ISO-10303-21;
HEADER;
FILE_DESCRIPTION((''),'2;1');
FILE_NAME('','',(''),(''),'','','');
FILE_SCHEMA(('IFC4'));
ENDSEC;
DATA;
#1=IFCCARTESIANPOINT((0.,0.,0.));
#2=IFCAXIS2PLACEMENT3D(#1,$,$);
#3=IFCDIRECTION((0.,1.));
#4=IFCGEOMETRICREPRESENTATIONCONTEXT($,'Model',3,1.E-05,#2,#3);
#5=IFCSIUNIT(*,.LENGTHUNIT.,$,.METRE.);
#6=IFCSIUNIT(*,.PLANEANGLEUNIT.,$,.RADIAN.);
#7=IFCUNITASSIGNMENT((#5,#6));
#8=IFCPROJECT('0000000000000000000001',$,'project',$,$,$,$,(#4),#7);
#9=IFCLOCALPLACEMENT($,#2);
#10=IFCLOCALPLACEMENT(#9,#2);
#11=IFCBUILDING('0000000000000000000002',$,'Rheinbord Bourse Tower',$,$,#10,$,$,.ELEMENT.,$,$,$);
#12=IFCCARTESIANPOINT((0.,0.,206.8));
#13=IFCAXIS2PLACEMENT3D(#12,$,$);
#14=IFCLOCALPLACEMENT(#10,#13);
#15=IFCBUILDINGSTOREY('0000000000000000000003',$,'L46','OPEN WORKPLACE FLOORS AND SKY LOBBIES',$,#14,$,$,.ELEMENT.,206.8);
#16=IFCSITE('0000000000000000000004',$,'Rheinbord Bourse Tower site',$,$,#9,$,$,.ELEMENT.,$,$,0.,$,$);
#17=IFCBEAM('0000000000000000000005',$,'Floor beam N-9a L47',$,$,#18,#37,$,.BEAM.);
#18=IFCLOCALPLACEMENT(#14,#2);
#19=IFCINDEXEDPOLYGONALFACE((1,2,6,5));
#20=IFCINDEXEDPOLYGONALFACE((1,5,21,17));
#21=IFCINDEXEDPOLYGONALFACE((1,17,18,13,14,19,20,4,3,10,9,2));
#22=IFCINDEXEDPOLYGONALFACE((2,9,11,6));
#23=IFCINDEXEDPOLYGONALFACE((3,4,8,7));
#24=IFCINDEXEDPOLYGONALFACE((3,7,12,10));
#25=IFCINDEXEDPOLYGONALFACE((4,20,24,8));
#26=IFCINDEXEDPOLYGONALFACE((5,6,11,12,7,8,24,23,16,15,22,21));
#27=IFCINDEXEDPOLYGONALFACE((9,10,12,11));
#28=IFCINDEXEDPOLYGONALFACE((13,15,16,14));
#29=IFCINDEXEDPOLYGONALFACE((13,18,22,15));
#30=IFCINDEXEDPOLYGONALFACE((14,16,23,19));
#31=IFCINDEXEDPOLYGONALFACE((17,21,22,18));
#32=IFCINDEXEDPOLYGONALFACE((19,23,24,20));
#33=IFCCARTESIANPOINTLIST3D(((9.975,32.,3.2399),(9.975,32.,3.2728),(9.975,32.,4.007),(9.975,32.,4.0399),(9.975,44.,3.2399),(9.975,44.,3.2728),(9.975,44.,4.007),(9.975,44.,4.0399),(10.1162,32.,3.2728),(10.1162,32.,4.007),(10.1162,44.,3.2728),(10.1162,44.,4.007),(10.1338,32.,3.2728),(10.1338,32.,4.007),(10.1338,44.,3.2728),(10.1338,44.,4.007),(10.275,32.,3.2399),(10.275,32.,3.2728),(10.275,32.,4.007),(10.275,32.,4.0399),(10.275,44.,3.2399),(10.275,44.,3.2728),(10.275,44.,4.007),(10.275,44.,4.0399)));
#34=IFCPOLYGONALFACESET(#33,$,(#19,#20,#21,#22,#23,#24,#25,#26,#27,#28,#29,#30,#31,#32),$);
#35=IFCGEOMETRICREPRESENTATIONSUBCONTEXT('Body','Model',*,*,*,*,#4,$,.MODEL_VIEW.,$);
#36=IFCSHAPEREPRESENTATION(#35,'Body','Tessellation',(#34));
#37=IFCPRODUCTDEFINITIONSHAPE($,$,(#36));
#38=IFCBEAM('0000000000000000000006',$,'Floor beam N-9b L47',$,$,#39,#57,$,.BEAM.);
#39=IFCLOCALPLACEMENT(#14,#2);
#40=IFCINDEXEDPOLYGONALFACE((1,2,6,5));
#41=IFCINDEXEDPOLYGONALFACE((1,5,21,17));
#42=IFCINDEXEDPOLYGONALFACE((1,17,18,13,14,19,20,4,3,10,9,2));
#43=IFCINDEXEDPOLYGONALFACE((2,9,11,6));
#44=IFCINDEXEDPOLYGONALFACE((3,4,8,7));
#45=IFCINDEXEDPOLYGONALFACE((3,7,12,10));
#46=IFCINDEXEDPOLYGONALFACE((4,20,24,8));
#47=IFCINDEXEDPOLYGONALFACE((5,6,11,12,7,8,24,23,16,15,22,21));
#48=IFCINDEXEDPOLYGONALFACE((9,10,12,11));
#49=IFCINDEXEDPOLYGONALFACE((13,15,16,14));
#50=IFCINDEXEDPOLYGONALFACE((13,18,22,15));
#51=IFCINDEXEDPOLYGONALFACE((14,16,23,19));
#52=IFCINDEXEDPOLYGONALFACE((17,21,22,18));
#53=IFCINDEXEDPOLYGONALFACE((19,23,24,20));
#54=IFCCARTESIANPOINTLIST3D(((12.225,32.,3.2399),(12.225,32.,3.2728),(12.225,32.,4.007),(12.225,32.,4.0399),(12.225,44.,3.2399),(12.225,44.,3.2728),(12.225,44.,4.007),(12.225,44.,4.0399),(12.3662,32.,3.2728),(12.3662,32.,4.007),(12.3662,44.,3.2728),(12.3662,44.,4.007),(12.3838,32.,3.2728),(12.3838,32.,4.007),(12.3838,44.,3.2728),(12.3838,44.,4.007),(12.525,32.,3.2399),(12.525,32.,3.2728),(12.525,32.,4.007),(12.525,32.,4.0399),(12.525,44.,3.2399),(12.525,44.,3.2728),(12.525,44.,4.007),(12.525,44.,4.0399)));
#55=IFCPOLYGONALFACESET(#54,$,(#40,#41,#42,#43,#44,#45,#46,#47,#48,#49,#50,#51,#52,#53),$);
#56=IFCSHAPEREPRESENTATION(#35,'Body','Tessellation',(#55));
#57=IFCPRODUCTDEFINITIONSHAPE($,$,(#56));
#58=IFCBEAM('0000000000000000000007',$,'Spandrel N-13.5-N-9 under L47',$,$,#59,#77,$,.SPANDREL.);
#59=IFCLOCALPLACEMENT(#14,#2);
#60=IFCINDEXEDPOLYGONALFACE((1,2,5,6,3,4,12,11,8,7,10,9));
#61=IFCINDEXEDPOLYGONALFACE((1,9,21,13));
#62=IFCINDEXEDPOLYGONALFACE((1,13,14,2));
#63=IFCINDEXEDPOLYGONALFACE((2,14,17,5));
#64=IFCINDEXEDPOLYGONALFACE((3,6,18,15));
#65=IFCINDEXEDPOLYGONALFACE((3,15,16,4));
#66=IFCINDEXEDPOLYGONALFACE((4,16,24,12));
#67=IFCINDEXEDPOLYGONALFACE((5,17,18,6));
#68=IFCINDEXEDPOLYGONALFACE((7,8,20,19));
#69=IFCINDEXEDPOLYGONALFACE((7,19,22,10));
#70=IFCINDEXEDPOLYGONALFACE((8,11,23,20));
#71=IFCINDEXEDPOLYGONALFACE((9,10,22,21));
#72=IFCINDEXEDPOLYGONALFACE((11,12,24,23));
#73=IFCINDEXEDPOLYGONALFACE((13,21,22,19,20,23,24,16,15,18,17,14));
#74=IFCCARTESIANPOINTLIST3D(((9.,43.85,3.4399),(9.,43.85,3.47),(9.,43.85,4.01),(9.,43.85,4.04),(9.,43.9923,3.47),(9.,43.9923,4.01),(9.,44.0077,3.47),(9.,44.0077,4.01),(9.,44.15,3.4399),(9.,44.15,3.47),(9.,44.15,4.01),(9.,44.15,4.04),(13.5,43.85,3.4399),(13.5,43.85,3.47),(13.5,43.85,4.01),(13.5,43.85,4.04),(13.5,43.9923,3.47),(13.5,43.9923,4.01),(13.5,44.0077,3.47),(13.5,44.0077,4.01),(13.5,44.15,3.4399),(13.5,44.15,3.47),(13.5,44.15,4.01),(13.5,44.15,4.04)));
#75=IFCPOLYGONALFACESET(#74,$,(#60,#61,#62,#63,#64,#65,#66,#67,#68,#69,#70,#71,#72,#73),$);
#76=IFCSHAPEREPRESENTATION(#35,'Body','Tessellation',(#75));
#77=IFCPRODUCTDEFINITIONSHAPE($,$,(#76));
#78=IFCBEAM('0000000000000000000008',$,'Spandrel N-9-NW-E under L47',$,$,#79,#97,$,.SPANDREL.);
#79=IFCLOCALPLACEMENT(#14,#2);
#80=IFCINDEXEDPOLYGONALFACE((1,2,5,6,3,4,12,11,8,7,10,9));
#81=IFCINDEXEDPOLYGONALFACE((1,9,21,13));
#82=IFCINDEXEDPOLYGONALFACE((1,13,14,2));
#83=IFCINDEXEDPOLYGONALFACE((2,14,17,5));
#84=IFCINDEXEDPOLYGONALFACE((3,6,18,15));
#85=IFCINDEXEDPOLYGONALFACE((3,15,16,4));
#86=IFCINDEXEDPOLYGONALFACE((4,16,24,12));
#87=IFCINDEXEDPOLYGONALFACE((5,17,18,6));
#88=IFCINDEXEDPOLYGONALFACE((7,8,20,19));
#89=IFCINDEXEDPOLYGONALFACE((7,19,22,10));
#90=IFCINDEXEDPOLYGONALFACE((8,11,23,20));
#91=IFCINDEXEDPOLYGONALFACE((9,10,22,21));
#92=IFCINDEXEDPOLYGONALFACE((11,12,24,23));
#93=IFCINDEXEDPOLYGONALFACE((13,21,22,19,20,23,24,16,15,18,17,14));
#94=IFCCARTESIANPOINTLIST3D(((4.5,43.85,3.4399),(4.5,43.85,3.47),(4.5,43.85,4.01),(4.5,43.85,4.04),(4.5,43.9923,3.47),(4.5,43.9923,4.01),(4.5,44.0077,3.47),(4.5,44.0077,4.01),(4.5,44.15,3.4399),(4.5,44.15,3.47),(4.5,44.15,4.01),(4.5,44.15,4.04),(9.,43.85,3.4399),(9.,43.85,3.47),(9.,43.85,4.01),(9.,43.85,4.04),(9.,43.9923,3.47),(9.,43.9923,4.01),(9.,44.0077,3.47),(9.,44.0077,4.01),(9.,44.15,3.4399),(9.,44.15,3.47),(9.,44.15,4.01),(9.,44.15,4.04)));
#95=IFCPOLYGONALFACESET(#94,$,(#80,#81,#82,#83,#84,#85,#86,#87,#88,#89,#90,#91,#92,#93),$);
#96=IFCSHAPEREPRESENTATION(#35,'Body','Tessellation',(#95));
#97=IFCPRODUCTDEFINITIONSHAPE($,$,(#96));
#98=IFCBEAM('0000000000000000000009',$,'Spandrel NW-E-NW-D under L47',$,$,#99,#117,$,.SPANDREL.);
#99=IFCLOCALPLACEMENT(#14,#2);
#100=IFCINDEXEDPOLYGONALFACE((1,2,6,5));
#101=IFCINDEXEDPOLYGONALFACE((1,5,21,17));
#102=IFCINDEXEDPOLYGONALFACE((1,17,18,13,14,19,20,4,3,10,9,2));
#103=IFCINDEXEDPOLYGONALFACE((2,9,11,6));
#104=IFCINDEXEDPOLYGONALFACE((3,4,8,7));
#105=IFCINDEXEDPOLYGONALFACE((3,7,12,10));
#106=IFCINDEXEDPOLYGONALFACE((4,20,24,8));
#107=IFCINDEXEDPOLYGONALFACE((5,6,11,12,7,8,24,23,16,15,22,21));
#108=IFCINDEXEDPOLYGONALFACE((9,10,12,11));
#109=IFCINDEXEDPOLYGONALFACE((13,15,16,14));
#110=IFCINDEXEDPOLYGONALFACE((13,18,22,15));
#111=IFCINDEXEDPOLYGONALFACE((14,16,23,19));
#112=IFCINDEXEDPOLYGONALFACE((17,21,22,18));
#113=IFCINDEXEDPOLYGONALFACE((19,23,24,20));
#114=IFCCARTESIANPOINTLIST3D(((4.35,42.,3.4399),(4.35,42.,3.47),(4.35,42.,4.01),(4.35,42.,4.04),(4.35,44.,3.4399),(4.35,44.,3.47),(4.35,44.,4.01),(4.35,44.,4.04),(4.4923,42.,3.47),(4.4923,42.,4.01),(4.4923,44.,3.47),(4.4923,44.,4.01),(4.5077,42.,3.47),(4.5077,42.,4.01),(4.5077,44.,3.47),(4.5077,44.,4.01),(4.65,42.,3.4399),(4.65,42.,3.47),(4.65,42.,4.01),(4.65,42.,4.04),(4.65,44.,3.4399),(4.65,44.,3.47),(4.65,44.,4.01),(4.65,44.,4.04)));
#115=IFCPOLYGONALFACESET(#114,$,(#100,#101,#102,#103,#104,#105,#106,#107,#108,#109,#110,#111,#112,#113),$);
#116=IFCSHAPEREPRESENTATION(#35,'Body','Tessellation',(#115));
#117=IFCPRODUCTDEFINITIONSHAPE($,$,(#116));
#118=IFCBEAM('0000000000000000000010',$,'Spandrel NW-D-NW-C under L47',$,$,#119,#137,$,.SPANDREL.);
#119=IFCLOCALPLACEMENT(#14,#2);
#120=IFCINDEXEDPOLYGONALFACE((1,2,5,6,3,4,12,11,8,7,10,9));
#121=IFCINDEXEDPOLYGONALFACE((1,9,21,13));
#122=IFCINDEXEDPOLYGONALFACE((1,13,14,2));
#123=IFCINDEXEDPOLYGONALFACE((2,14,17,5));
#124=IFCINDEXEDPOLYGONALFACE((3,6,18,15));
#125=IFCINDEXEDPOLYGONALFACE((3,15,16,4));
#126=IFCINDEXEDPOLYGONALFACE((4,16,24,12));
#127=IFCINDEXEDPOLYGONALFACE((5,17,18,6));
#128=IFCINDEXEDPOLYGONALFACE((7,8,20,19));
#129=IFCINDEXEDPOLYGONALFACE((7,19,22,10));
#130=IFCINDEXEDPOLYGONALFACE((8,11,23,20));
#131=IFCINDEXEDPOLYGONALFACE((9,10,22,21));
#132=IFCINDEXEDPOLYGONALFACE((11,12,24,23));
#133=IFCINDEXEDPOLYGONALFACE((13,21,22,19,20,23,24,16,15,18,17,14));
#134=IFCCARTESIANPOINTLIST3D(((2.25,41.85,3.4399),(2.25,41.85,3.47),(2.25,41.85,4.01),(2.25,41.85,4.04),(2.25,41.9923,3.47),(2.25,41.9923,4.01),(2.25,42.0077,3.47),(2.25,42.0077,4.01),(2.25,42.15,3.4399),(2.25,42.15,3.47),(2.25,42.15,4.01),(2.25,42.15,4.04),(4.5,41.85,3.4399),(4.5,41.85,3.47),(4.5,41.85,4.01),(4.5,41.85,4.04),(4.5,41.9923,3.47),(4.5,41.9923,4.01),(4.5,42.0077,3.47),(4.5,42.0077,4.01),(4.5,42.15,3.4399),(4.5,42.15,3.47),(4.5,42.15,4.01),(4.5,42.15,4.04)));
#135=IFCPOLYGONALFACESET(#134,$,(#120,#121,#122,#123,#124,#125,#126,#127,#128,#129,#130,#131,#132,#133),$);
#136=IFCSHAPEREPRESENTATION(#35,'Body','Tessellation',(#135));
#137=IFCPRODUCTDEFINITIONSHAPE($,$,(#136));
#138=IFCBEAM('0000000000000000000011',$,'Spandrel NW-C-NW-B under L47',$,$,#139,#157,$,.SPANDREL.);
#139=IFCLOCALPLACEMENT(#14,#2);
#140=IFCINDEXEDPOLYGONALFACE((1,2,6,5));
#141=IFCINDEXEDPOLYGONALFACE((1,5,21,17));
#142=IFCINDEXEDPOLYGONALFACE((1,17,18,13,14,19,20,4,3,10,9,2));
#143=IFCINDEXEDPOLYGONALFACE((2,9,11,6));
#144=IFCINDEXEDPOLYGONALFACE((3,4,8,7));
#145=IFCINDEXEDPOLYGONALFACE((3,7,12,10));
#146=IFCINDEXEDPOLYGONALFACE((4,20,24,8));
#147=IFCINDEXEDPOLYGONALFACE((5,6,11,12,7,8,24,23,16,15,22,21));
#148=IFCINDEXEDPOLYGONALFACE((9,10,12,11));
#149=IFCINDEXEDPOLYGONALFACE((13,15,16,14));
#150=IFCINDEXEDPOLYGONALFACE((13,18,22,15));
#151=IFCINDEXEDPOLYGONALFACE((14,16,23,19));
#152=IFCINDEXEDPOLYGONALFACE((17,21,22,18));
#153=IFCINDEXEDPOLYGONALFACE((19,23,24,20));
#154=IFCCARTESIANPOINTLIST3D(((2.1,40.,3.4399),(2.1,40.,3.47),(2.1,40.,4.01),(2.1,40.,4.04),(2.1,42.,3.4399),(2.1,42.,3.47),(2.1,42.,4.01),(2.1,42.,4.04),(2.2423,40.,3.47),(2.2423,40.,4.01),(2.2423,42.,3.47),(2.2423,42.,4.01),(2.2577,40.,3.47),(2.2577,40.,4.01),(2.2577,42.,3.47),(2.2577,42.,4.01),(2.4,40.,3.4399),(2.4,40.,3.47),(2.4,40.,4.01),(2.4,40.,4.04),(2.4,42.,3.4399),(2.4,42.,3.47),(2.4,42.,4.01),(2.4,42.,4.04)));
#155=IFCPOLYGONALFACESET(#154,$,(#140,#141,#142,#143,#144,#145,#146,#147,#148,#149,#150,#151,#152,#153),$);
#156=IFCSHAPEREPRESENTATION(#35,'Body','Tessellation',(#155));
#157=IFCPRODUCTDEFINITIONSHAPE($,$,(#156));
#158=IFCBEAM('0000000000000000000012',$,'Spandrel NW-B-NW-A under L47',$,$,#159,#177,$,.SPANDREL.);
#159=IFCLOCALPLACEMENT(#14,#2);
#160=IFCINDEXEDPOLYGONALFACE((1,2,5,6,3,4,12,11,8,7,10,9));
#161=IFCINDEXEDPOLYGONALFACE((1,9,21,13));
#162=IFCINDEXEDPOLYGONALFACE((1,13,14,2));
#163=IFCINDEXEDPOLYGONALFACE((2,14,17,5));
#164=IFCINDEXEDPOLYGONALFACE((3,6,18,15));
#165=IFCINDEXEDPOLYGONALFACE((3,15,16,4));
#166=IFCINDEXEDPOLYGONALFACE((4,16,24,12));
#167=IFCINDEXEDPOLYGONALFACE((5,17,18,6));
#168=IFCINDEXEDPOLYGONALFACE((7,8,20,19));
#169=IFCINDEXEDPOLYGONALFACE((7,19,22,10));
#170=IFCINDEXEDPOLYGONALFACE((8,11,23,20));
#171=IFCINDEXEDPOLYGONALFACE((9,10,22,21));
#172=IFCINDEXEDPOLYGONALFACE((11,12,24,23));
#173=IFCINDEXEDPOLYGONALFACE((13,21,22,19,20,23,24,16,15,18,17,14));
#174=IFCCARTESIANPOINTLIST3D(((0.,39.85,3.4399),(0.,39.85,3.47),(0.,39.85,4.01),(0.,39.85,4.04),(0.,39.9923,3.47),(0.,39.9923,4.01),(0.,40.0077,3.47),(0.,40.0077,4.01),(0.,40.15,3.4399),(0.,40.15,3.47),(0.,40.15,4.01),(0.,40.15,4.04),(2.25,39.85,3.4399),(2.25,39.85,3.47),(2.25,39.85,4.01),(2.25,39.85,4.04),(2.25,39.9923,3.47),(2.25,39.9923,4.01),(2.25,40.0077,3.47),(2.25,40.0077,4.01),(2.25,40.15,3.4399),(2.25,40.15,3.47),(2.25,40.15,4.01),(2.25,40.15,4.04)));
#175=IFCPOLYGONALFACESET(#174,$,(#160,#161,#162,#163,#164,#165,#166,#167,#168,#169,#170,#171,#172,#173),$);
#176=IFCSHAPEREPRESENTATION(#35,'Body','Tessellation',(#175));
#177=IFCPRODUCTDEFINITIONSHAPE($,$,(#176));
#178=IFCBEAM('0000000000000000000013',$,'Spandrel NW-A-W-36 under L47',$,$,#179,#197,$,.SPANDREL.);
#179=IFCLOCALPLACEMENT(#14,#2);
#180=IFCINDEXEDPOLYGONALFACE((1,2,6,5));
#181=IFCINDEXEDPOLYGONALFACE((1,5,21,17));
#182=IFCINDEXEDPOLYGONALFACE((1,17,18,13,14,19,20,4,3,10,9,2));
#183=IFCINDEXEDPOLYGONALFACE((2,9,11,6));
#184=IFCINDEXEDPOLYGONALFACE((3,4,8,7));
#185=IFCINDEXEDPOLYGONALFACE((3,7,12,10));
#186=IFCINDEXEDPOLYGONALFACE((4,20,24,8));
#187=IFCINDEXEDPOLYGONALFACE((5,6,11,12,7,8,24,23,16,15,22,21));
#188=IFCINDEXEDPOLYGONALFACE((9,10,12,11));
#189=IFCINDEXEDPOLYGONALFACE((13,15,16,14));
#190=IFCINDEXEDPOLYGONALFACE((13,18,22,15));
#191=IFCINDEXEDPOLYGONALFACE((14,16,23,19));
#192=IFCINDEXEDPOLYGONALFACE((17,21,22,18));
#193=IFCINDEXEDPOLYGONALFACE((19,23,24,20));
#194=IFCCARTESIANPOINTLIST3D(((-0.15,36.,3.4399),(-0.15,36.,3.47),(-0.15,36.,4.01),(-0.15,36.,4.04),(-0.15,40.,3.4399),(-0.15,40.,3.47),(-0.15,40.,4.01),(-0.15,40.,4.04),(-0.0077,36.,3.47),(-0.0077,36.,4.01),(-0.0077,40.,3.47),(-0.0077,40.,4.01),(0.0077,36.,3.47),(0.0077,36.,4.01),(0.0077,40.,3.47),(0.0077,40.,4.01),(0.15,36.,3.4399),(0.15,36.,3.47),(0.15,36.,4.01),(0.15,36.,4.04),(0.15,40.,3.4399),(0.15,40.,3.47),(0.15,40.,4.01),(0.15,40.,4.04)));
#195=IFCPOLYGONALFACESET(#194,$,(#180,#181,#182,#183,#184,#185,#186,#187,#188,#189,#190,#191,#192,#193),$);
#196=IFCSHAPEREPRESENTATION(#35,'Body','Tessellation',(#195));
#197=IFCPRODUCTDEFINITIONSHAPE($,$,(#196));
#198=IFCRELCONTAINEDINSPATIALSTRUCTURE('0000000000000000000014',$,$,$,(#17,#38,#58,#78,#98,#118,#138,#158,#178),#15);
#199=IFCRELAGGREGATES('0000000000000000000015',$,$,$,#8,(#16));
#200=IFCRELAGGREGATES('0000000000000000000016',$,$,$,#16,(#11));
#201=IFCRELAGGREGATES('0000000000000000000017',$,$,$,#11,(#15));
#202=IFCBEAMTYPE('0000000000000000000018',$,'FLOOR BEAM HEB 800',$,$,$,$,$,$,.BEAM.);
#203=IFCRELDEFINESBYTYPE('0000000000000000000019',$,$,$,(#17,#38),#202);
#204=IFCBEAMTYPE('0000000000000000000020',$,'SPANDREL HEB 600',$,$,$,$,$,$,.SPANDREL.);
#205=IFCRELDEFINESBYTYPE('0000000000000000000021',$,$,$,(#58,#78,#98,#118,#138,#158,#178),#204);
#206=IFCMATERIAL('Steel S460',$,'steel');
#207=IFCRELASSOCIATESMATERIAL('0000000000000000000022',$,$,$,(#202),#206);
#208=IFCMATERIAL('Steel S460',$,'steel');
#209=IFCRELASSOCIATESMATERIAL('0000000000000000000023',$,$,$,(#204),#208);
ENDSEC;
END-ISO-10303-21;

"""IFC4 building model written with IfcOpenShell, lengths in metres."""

from ifc_helpers import new_model, si_unit, direction, frame, origin, origin_2d, place, context, subcontext, project, spatial, i_section, extrude, material, material_profile, profile_set, type_object, element, save


model = new_model("IFC4")

# Units and contexts
model_context = context("Model", 3, precision=1e-05, world=origin(), true_north=direction((0.0, 1.0)))
body_context = subcontext(model_context, "Body", "Model", "MODEL_VIEW")
ifc_project = project(units=[si_unit("LENGTHUNIT", "METRE"), si_unit("PLANEANGLEUNIT", "RADIAN")], contexts=[model_context])

# Site, building, storey
site_placement = place(None, origin())
site = spatial("IfcSite", under=ifc_project, at=site_placement, Name="Rheinbord Bourse Tower site", CompositionType="ELEMENT", RefElevation=0.0)
building_placement = place(site_placement, origin())
building = spatial("IfcBuilding", under=site, at=building_placement, Name="Rheinbord Bourse Tower", CompositionType="ELEMENT")
storey_placement = place(building_placement, frame((0.0, 0.0, 206.8)))
storey = spatial("IfcBuildingStorey", under=building, at=storey_placement, Name="L46", Description="OPEN WORKPLACE FLOORS AND SKY LOBBIES", CompositionType="ELEMENT", Elevation=206.8)

# Beams
ifc_material_1 = material(Name="Steel S460", Category="steel")
ifc_material_profile_1 = material_profile(ifc_material_1, i_section(OverallWidth=0.3, OverallDepth=0.8, WebThickness=0.0176, FlangeThickness=0.033, at=origin_2d()), Name="HEB 800")
ifc_profile_set_1 = profile_set([ifc_material_profile_1], Name="Steel S460")
beam_type_1 = type_object("IfcBeamType", Name="FLOOR BEAM HEB 800", PredefinedType="BEAM", material=ifc_profile_set_1)
for number, where, z_axis, x_axis, name in (
    (1, (10.125, 44.0, 3.6399), (0.0, -1.0, 0.0), (1.0, 0.0, 0.0), "Floor beam N-9a L47"),
    (2, (12.375, 44.0, 3.6399), (0.0, -1.0, 0.0), (1.0, 0.0, 0.0), "Floor beam N-9b L47"),
):
    element("IfcBeam", number, at=place(storey_placement, frame(where, z_axis=z_axis, x_axis=x_axis)), inside=storey, type_object=beam_type_1, Name=name, PredefinedType="BEAM", context=body_context, shape_type="SweptSolid", body=[
        extrude(i_section(OverallWidth=0.3, OverallDepth=0.8, WebThickness=0.0176, FlangeThickness=0.033, at=origin_2d()), origin(), (0.0, 0.0, 1.0), 12.0),
    ])
ifc_material_2 = material(Name="Steel S460", Category="steel")
ifc_material_profile_2 = material_profile(ifc_material_2, i_section(OverallWidth=0.3, OverallDepth=0.6001, WebThickness=0.0154, FlangeThickness=0.03, at=origin_2d()), Name="HEB 600")
ifc_profile_set_2 = profile_set([ifc_material_profile_2], Name="Steel S460")
beam_type_2 = type_object("IfcBeamType", Name="SPANDREL HEB 600", PredefinedType="SPANDREL", material=ifc_profile_set_2)
for number, where, z_axis, x_axis, name in (
    (3, (13.5, 44.0, 3.74), (-1.0, 0.0, 0.0), (0.0, -1.0, 0.0), "Spandrel N-13.5-N-9 under L47"),
    (4, (9.0, 44.0, 3.74), (-1.0, 0.0, 0.0), (0.0, -1.0, 0.0), "Spandrel N-9-NW-E under L47"),
):
    element("IfcBeam", number, at=place(storey_placement, frame(where, z_axis=z_axis, x_axis=x_axis)), inside=storey, type_object=beam_type_2, Name=name, PredefinedType="SPANDREL", context=body_context, shape_type="SweptSolid", body=[
        extrude(i_section(OverallWidth=0.3, OverallDepth=0.6001, WebThickness=0.0154, FlangeThickness=0.03, at=origin_2d()), origin(), (0.0, 0.0, 1.0), 4.5),
    ])
beam_1_placement = place(storey_placement, frame((4.5, 44.0, 3.74), z_axis=(0.0, -1.0, 0.0), x_axis=(1.0, 0.0, 0.0)))
element("IfcBeam", 5, at=beam_1_placement, inside=storey, type_object=beam_type_2, Name="Spandrel NW-E-NW-D under L47", PredefinedType="SPANDREL", context=body_context, shape_type="SweptSolid", body=[
    extrude(i_section(OverallWidth=0.3, OverallDepth=0.6001, WebThickness=0.0154, FlangeThickness=0.03, at=origin_2d()), origin(), (0.0, 0.0, 1.0), 2.0),
])
beam_2_placement = place(storey_placement, frame((4.5, 42.0, 3.74), z_axis=(-1.0, 0.0, 0.0), x_axis=(0.0, -1.0, 0.0)))
element("IfcBeam", 6, at=beam_2_placement, inside=storey, type_object=beam_type_2, Name="Spandrel NW-D-NW-C under L47", PredefinedType="SPANDREL", context=body_context, shape_type="SweptSolid", body=[
    extrude(i_section(OverallWidth=0.3, OverallDepth=0.6001, WebThickness=0.0154, FlangeThickness=0.03, at=origin_2d()), origin(), (0.0, 0.0, 1.0), 2.25),
])
beam_3_placement = place(storey_placement, frame((2.25, 42.0, 3.74), z_axis=(0.0, -1.0, 0.0), x_axis=(1.0, 0.0, 0.0)))
element("IfcBeam", 7, at=beam_3_placement, inside=storey, type_object=beam_type_2, Name="Spandrel NW-C-NW-B under L47", PredefinedType="SPANDREL", context=body_context, shape_type="SweptSolid", body=[
    extrude(i_section(OverallWidth=0.3, OverallDepth=0.6001, WebThickness=0.0154, FlangeThickness=0.03, at=origin_2d()), origin(), (0.0, 0.0, 1.0), 2.0),
])
beam_4_placement = place(storey_placement, frame((2.25, 40.0, 3.74), z_axis=(-1.0, 0.0, 0.0), x_axis=(0.0, -1.0, 0.0)))
element("IfcBeam", 8, at=beam_4_placement, inside=storey, type_object=beam_type_2, Name="Spandrel NW-B-NW-A under L47", PredefinedType="SPANDREL", context=body_context, shape_type="SweptSolid", body=[
    extrude(i_section(OverallWidth=0.3, OverallDepth=0.6001, WebThickness=0.0154, FlangeThickness=0.03, at=origin_2d()), origin(), (0.0, 0.0, 1.0), 2.25),
])
beam_5_placement = place(storey_placement, frame((0.0, 40.0, 3.74), z_axis=(0.0, -1.0, 0.0), x_axis=(1.0, 0.0, 0.0)))
element("IfcBeam", 9, at=beam_5_placement, inside=storey, type_object=beam_type_2, Name="Spandrel NW-A-W-36 under L47", PredefinedType="SPANDREL", context=body_context, shape_type="SweptSolid", body=[
    extrude(i_section(OverallWidth=0.3, OverallDepth=0.6001, WebThickness=0.0154, FlangeThickness=0.03, at=origin_2d()), origin(), (0.0, 0.0, 1.0), 4.0),
])

save(model, "model.ifc")
